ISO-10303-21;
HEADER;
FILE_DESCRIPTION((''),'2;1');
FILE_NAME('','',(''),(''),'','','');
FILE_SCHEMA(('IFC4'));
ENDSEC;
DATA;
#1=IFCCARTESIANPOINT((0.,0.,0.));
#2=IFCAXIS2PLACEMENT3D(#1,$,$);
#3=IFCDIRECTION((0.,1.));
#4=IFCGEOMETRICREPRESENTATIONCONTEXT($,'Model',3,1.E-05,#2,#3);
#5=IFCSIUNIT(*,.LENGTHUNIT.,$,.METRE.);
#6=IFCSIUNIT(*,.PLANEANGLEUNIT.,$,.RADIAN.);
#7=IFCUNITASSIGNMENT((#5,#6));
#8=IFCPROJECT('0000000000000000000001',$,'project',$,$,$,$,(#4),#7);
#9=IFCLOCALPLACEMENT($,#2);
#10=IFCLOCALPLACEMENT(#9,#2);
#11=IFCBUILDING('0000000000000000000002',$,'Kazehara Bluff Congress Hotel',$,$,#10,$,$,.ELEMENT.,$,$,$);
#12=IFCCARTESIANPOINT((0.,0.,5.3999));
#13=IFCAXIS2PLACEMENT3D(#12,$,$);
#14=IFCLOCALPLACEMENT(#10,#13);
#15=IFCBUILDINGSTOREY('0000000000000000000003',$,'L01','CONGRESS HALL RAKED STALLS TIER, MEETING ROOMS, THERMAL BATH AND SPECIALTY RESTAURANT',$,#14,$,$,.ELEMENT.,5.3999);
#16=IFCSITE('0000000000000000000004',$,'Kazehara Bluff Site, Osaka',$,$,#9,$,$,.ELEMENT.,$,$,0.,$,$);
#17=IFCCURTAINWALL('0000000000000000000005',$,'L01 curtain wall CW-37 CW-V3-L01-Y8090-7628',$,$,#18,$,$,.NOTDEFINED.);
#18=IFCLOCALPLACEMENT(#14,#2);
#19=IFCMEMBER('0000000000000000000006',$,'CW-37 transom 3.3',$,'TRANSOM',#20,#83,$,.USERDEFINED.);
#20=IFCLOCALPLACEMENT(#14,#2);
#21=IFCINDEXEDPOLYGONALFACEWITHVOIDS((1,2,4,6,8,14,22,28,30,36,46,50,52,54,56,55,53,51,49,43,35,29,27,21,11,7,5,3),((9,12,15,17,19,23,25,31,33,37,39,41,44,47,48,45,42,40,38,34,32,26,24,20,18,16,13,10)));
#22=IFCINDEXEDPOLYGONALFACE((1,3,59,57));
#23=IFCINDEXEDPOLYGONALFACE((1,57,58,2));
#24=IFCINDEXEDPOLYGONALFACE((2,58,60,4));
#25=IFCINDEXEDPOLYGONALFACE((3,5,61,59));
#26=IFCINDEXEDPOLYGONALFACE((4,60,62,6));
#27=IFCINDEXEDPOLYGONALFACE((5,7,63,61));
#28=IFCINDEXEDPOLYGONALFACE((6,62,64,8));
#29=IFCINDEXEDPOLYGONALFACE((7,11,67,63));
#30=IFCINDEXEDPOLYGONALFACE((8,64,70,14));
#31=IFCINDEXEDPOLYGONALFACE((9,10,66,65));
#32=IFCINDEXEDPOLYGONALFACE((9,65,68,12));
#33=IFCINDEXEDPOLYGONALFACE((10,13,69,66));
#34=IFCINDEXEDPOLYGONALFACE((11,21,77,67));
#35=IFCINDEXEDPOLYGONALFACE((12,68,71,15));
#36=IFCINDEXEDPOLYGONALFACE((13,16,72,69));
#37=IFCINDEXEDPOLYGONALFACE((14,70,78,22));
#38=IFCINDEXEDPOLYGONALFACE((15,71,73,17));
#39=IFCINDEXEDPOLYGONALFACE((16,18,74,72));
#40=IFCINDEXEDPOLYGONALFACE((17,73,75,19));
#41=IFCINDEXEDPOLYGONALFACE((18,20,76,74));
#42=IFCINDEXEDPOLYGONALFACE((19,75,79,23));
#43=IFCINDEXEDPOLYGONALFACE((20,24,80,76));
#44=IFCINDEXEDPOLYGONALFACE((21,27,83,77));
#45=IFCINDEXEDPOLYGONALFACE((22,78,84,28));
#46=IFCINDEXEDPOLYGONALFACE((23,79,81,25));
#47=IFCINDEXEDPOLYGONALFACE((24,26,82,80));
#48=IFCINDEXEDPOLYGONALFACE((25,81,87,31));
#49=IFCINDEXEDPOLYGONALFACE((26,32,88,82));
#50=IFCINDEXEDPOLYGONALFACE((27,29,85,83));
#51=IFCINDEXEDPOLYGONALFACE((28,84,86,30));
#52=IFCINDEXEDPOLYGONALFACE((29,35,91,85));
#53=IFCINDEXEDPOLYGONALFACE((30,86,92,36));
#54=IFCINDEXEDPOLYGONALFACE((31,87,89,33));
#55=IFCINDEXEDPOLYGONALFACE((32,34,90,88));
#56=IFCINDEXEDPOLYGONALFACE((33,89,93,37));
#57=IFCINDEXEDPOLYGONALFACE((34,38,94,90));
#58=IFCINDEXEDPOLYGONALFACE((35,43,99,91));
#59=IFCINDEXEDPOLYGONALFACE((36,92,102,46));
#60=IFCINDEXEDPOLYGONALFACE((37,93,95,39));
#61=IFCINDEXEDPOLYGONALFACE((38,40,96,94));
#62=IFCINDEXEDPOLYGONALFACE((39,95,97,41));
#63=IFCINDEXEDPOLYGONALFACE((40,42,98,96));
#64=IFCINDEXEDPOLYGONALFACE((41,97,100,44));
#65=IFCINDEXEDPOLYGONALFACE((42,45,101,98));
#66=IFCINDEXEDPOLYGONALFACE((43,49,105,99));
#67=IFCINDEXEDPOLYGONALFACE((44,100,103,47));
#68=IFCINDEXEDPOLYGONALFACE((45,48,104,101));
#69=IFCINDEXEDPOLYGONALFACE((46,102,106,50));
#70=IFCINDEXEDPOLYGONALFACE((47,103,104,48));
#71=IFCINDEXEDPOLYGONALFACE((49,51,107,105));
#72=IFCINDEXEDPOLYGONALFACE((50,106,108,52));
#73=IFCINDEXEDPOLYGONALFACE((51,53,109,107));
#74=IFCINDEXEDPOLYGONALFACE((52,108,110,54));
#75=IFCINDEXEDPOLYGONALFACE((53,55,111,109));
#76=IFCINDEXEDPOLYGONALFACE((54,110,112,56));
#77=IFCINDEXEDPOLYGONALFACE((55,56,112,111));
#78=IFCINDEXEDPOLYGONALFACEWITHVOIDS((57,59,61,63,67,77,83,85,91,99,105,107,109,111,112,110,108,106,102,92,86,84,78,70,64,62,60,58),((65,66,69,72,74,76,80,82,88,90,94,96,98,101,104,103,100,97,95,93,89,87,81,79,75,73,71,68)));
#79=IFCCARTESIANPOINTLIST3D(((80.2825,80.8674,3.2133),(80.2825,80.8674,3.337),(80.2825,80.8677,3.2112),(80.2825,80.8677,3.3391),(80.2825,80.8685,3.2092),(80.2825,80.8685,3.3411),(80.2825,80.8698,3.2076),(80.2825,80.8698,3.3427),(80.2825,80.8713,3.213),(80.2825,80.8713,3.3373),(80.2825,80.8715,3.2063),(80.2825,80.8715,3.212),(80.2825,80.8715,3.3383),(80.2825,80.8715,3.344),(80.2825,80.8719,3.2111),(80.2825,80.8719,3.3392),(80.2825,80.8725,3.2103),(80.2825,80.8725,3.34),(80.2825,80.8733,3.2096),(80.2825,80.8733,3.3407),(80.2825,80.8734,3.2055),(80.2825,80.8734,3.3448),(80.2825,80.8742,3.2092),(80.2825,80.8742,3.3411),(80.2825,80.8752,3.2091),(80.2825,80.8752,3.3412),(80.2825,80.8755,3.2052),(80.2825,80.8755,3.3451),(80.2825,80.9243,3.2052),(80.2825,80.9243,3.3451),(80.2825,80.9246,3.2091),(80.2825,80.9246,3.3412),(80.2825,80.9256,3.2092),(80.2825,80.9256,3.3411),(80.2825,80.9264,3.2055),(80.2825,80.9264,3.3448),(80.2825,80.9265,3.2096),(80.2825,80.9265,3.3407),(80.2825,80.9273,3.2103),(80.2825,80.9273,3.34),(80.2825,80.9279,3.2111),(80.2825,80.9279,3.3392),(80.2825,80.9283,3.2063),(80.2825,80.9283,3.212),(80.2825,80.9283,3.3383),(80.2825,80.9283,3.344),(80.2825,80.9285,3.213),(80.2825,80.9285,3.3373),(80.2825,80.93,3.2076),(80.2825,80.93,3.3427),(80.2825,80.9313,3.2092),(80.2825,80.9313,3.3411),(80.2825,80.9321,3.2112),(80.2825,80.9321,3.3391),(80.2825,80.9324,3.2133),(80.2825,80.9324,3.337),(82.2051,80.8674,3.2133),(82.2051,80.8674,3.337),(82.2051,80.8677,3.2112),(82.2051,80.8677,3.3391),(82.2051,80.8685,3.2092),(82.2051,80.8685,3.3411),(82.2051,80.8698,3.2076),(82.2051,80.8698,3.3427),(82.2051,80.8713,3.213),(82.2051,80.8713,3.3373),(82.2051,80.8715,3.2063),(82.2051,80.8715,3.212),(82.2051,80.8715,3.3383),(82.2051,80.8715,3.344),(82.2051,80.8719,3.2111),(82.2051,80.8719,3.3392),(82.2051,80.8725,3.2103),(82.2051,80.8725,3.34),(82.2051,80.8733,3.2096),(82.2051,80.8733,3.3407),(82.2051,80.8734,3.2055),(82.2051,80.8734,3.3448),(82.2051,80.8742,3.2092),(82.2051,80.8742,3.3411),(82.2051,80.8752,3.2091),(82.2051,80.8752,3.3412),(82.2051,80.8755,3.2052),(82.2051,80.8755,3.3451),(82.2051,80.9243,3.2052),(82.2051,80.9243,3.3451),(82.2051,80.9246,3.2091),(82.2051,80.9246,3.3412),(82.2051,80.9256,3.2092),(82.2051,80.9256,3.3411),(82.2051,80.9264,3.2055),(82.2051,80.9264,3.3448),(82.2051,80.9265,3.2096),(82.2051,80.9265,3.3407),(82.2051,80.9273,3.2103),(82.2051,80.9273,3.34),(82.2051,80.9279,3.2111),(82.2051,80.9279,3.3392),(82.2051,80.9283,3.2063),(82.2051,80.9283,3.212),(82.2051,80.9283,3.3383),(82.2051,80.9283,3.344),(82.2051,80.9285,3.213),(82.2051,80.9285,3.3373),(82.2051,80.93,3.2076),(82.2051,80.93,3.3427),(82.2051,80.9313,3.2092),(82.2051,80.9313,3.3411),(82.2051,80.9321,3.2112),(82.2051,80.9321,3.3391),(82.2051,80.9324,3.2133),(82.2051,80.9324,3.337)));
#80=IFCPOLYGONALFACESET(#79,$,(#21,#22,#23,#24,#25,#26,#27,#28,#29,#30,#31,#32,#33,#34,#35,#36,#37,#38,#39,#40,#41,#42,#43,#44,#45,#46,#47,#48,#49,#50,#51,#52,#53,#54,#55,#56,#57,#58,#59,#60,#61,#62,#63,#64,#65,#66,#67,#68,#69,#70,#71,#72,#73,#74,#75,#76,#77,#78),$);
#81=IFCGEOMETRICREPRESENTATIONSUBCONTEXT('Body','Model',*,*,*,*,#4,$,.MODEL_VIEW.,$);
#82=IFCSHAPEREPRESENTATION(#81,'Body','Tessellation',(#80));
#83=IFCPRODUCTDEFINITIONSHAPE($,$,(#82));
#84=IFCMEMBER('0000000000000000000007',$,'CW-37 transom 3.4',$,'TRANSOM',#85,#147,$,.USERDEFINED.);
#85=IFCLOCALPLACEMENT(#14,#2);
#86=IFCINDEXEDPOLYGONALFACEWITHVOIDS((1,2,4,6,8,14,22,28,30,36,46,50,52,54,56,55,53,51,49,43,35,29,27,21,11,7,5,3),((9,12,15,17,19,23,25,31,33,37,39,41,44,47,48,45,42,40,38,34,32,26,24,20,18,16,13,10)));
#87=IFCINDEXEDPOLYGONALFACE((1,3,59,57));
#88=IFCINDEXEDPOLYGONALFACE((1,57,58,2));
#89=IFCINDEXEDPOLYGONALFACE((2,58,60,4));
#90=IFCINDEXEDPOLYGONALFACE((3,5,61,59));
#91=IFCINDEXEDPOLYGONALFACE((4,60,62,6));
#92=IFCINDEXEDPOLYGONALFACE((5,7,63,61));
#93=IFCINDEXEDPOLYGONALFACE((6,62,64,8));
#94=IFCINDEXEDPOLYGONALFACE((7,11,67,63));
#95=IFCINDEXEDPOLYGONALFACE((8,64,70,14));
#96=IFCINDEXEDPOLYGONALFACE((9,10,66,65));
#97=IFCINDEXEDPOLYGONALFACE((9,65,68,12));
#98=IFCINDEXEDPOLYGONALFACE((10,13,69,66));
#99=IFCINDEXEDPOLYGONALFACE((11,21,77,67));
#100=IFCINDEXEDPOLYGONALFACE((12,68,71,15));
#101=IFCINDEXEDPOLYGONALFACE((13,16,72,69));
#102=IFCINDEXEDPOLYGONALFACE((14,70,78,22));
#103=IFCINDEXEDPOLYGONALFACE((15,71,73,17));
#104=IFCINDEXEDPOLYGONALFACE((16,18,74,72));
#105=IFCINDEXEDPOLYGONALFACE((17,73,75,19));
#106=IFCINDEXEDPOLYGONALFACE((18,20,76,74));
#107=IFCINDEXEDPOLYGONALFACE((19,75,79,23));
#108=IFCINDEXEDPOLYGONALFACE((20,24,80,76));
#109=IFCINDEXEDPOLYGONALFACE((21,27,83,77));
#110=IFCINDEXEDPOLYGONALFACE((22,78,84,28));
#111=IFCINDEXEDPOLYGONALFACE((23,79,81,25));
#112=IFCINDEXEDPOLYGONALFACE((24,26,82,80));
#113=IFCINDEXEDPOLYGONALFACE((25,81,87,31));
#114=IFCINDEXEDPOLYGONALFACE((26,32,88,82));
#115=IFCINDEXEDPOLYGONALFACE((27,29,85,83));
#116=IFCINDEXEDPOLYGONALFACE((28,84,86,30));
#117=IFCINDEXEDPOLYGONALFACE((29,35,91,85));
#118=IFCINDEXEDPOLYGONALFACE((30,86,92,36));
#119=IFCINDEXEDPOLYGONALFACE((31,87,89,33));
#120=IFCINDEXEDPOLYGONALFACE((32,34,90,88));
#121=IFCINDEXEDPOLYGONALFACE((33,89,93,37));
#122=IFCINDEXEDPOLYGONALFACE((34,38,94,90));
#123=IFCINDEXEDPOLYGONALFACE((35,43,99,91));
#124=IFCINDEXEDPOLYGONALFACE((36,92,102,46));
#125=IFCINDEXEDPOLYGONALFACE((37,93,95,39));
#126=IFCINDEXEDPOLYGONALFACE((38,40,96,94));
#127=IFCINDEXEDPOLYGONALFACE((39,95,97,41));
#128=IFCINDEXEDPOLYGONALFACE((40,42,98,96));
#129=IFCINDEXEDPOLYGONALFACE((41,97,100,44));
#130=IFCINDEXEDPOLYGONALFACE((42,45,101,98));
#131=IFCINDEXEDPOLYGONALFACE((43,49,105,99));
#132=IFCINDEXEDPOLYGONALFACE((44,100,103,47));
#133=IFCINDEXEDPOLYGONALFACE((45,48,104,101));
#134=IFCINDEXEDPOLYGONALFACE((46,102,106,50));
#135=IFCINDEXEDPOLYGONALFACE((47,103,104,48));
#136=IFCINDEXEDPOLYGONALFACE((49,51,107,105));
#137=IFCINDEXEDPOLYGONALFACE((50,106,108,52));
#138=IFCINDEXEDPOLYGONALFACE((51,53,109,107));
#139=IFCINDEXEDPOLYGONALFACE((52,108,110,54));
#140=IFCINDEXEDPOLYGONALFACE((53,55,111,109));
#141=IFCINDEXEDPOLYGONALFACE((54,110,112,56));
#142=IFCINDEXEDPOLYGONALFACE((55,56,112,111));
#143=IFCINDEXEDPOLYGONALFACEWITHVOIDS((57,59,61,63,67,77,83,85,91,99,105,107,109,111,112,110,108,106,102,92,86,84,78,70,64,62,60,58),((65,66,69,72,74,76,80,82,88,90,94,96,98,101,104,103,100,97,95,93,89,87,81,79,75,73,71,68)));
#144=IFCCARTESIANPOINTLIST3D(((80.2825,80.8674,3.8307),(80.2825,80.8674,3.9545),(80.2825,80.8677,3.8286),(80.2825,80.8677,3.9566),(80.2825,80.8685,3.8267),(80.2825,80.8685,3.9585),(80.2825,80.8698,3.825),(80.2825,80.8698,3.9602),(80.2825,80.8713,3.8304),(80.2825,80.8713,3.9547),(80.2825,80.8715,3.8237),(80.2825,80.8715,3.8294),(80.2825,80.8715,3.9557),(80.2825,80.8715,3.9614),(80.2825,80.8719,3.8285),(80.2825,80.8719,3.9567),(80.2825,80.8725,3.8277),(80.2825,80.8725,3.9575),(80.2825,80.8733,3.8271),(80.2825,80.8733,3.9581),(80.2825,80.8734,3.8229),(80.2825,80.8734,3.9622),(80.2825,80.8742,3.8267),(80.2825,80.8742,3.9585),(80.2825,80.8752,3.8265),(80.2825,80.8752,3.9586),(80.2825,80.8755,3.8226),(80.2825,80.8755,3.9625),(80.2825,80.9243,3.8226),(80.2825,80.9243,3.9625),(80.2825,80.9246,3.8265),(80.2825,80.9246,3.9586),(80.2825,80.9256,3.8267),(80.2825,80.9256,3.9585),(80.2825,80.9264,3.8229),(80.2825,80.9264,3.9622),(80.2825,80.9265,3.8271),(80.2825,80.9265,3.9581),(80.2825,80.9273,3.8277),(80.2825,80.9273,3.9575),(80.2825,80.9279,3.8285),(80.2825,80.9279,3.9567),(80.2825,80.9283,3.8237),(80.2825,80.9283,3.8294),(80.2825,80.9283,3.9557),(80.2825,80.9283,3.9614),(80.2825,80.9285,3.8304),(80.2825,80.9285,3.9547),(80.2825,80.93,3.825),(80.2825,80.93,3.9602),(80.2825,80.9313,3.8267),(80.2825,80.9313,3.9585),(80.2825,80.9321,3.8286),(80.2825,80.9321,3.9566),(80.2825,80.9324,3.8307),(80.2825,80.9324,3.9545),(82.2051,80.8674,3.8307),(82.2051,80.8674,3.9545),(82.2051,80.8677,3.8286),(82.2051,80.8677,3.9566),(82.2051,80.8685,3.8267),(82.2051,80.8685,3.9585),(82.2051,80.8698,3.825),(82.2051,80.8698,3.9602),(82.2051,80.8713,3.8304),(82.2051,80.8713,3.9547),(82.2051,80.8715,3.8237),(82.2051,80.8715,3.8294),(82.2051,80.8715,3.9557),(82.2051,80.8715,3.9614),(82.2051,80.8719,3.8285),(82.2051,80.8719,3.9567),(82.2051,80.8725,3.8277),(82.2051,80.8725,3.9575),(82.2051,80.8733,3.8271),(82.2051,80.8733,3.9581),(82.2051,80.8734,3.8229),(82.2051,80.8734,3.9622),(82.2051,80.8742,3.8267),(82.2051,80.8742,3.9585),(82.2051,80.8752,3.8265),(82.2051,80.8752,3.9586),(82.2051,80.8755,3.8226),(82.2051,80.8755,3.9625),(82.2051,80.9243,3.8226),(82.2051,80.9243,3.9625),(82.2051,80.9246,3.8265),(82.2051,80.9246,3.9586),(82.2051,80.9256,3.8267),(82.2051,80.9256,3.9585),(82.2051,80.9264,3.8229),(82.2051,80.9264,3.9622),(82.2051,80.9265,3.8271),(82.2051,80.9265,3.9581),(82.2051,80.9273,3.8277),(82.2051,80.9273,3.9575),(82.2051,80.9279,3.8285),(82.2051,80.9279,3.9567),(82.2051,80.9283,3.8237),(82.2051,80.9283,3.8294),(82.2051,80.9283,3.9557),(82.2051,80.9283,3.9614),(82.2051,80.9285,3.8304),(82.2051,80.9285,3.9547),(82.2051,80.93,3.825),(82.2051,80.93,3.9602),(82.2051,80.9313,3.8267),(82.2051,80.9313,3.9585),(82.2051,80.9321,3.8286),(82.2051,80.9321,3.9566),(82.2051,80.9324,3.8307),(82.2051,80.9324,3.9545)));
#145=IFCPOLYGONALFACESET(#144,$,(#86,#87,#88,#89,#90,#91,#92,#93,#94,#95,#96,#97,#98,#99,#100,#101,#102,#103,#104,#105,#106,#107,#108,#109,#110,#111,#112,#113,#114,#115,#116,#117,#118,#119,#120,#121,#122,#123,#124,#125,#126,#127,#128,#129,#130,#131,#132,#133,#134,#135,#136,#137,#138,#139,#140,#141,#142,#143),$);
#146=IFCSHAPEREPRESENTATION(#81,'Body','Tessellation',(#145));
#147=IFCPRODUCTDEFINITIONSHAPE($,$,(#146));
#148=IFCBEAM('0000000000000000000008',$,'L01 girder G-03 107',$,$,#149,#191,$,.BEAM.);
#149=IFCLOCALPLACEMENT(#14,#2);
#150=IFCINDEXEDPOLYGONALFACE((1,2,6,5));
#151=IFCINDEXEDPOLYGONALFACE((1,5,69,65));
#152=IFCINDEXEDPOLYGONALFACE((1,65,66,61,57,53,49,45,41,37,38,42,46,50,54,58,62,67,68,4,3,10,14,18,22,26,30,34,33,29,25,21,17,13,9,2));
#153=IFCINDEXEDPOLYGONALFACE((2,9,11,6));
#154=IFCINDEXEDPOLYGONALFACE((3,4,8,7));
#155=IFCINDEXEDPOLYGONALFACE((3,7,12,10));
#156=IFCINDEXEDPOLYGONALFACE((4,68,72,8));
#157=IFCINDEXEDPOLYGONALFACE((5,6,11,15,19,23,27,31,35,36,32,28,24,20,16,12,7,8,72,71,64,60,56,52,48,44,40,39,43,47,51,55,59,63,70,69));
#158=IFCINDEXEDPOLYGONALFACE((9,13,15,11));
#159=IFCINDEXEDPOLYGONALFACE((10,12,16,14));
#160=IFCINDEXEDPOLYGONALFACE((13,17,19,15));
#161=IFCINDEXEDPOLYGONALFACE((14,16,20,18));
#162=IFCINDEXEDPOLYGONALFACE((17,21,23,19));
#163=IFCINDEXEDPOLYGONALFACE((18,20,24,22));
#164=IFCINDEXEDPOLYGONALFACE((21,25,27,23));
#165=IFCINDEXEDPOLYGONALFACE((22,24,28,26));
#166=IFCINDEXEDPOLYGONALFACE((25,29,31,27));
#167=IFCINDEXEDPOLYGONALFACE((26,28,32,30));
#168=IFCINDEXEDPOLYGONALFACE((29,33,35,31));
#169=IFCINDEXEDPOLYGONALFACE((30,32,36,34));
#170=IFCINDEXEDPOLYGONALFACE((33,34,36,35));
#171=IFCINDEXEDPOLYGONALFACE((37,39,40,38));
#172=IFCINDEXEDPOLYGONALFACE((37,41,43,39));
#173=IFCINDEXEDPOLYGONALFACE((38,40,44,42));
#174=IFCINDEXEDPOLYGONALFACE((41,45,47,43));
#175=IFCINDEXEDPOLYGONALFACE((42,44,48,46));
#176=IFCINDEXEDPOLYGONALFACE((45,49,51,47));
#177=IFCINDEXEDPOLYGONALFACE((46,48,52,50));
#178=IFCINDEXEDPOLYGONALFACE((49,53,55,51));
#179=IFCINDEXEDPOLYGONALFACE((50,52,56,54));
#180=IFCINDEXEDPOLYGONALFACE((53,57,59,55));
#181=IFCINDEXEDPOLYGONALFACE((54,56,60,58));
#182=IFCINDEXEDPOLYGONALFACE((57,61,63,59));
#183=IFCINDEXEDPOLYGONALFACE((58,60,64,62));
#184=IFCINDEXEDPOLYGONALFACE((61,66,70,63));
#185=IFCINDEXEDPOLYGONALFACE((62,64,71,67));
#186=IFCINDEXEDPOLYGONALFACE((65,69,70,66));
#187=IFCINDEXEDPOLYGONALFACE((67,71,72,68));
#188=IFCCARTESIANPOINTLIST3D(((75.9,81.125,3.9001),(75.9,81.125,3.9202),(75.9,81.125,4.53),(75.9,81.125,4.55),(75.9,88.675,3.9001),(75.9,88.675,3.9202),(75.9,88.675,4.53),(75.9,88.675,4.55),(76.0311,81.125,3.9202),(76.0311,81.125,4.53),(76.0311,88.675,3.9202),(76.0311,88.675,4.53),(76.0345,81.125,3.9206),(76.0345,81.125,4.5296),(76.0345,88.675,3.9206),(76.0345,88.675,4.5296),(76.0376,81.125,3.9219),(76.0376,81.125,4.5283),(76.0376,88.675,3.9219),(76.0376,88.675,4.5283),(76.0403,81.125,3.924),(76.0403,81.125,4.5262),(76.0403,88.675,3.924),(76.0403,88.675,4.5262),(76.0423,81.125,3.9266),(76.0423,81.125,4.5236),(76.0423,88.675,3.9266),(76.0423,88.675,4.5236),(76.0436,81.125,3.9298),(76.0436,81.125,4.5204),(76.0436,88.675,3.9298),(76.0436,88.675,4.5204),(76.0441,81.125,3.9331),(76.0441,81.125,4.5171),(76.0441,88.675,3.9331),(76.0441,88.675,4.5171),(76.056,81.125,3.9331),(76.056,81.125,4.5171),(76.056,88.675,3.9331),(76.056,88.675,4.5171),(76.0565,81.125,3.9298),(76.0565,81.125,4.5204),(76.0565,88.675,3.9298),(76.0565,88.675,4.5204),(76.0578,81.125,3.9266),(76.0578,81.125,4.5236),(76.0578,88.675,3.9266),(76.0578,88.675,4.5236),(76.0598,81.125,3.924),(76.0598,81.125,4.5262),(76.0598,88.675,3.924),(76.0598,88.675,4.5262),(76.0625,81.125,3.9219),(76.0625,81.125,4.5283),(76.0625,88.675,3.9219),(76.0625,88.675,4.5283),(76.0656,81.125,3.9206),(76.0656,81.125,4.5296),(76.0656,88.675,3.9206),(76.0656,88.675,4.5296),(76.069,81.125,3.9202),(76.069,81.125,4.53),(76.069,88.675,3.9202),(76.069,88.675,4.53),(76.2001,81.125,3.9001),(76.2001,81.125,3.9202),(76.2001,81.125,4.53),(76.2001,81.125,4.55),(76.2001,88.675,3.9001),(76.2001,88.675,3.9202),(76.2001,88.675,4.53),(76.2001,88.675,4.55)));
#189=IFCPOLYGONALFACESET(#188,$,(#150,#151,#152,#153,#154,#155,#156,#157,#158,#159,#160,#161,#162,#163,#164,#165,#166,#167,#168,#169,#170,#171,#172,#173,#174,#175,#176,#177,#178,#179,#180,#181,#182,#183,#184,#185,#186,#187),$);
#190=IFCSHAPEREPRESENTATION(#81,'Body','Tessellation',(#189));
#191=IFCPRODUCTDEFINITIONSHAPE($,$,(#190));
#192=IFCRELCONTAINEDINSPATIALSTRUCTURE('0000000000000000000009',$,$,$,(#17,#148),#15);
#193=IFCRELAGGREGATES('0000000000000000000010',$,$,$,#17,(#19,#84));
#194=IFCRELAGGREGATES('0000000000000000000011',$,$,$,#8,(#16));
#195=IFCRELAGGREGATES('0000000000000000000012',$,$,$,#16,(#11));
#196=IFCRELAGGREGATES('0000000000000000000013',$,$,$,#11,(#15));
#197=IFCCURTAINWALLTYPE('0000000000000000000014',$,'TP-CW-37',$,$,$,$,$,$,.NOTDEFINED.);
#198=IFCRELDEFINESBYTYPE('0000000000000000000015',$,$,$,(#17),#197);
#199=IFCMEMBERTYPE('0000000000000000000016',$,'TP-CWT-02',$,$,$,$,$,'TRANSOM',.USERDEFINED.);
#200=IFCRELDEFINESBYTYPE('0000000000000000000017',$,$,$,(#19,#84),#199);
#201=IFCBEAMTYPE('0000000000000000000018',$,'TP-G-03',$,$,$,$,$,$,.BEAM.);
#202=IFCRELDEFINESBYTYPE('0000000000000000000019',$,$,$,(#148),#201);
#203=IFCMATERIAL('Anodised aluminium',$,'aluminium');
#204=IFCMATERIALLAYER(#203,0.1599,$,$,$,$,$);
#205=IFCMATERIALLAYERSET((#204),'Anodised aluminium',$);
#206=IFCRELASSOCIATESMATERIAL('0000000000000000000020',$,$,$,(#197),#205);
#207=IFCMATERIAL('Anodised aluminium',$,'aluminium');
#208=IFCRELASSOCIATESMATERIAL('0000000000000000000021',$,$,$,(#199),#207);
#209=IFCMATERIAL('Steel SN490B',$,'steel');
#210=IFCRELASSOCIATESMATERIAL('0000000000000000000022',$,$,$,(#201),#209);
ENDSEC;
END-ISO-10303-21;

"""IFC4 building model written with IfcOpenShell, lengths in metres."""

from ifc_helpers import new_model, si_unit, direction, frame, origin, origin_2d, place, context, subcontext, project, spatial, hollow_rectangle, i_section, extrude, material, layer, layer_set, material_profile, profile_set, type_object, element, aggregate, save


model = new_model("IFC4")

# Units and contexts
model_context = context("Model", 3, precision=1e-05, world=origin(), true_north=direction((0.0, 1.0)))
body_context = subcontext(model_context, "Body", "Model", "MODEL_VIEW")
ifc_project = project(units=[si_unit("LENGTHUNIT", "METRE"), si_unit("PLANEANGLEUNIT", "RADIAN")], contexts=[model_context])

# Site, building, storey
site_placement = place(None, origin())
site = spatial("IfcSite", under=ifc_project, at=site_placement, Name="Kazehara Bluff Site, Osaka", CompositionType="ELEMENT", RefElevation=0.0)
building_placement = place(site_placement, origin())
building = spatial("IfcBuilding", under=site, at=building_placement, Name="Kazehara Bluff Congress Hotel", CompositionType="ELEMENT")
storey_placement = place(building_placement, frame((0.0, 0.0, 5.3999)))
storey = spatial("IfcBuildingStorey", under=building, at=storey_placement, Name="L01", Description="CONGRESS HALL RAKED STALLS TIER, MEETING ROOMS, THERMAL BATH AND SPECIALTY RESTAURANT", CompositionType="ELEMENT", Elevation=5.3999)

# Curtain wall, members
ifc_material_1 = material(Name="Anodised aluminium", Category="aluminium")
ifc_layer_1 = layer(ifc_material_1, 0.1599)
ifc_layer_set_1 = layer_set([ifc_layer_1], Name="Anodised aluminium")
curtain_wall_type = type_object("IfcCurtainWallType", Name="TP-CW-37", PredefinedType="NOTDEFINED", material=ifc_layer_set_1)
curtain_wall_placement = place(storey_placement, origin())
curtain_wall = element("IfcCurtainWall", 1, at=curtain_wall_placement, inside=storey, type_object=curtain_wall_type, Name="L01 curtain wall CW-37 CW-V3-L01-Y8090-7628", PredefinedType="NOTDEFINED")
ifc_material_2 = material(Name="Anodised aluminium", Category="aluminium")
ifc_material_profile_1 = material_profile(ifc_material_2, hollow_rectangle(XDim=0.0649, YDim=0.1399, WallThickness=0.0039, InnerFilletRadius=0.0039, OuterFilletRadius=0.0081, at=origin_2d()))
ifc_profile_set_1 = profile_set([ifc_material_profile_1], Name="Anodised aluminium")
member_type_1 = type_object("IfcMemberType", Name="TP-CWT-02", ElementType="TRANSOM", PredefinedType="USERDEFINED", material=ifc_profile_set_1)
member_1_placement = place(storey_placement, frame((80.2825, 80.8999, 3.2751), z_axis=(1.0, 0.0, 0.0), x_axis=(0.0, 1.0, 0.0)))
member_1 = element("IfcMember", 2, at=member_1_placement, type_object=member_type_1, Name="CW-37 transom 3.3", ObjectType="TRANSOM", PredefinedType="USERDEFINED", context=body_context, shape_type="SweptSolid", body=[
    extrude(hollow_rectangle(XDim=0.0649, YDim=0.1399, WallThickness=0.0039, InnerFilletRadius=0.0039, OuterFilletRadius=0.0081, at=origin_2d()), origin(), (0.0, 0.0, 1.0), 1.9226),
])
member_2_placement = place(storey_placement, frame((80.2825, 80.8999, 3.8926), z_axis=(1.0, 0.0, 0.0), x_axis=(0.0, 1.0, 0.0)))
member_2 = element("IfcMember", 3, at=member_2_placement, type_object=member_type_1, Name="CW-37 transom 3.4", ObjectType="TRANSOM", PredefinedType="USERDEFINED", context=body_context, shape_type="SweptSolid", body=[
    extrude(hollow_rectangle(XDim=0.0649, YDim=0.1399, WallThickness=0.0039, InnerFilletRadius=0.0039, OuterFilletRadius=0.0081, at=origin_2d()), origin(), (0.0, 0.0, 1.0), 1.9226),
])

# Beam
ifc_material_3 = material(Name="Steel SN490B", Category="steel")
ifc_material_profile_2 = material_profile(ifc_material_3, i_section(OverallWidth=0.3, OverallDepth=0.6499, WebThickness=0.012, FlangeThickness=0.02, FilletRadius=0.0129, at=origin_2d()))
ifc_profile_set_2 = profile_set([ifc_material_profile_2], Name="Steel SN490B")
beam_type_1 = type_object("IfcBeamType", Name="TP-G-03", PredefinedType="BEAM", material=ifc_profile_set_2)
for number, where, z_axis, x_axis, name in (
    (4, (76.05, 81.125, 4.2251), (0.0, 1.0, 0.0), (-1.0, 0.0, 0.0), "L01 girder G-03 107"),
):
    element("IfcBeam", number, at=place(storey_placement, frame(where, z_axis=z_axis, x_axis=x_axis)), inside=storey, type_object=beam_type_1, Name=name, PredefinedType="BEAM", context=body_context, shape_type="SweptSolid", body=[
        extrude(i_section(OverallWidth=0.3, OverallDepth=0.6499, WebThickness=0.012, FlangeThickness=0.02, FilletRadius=0.0129, at=origin_2d()), origin(), (0.0, 0.0, 1.0), 7.55),
    ])

aggregate(curtain_wall, [member_1, member_2])

save(model, "model.ifc")
